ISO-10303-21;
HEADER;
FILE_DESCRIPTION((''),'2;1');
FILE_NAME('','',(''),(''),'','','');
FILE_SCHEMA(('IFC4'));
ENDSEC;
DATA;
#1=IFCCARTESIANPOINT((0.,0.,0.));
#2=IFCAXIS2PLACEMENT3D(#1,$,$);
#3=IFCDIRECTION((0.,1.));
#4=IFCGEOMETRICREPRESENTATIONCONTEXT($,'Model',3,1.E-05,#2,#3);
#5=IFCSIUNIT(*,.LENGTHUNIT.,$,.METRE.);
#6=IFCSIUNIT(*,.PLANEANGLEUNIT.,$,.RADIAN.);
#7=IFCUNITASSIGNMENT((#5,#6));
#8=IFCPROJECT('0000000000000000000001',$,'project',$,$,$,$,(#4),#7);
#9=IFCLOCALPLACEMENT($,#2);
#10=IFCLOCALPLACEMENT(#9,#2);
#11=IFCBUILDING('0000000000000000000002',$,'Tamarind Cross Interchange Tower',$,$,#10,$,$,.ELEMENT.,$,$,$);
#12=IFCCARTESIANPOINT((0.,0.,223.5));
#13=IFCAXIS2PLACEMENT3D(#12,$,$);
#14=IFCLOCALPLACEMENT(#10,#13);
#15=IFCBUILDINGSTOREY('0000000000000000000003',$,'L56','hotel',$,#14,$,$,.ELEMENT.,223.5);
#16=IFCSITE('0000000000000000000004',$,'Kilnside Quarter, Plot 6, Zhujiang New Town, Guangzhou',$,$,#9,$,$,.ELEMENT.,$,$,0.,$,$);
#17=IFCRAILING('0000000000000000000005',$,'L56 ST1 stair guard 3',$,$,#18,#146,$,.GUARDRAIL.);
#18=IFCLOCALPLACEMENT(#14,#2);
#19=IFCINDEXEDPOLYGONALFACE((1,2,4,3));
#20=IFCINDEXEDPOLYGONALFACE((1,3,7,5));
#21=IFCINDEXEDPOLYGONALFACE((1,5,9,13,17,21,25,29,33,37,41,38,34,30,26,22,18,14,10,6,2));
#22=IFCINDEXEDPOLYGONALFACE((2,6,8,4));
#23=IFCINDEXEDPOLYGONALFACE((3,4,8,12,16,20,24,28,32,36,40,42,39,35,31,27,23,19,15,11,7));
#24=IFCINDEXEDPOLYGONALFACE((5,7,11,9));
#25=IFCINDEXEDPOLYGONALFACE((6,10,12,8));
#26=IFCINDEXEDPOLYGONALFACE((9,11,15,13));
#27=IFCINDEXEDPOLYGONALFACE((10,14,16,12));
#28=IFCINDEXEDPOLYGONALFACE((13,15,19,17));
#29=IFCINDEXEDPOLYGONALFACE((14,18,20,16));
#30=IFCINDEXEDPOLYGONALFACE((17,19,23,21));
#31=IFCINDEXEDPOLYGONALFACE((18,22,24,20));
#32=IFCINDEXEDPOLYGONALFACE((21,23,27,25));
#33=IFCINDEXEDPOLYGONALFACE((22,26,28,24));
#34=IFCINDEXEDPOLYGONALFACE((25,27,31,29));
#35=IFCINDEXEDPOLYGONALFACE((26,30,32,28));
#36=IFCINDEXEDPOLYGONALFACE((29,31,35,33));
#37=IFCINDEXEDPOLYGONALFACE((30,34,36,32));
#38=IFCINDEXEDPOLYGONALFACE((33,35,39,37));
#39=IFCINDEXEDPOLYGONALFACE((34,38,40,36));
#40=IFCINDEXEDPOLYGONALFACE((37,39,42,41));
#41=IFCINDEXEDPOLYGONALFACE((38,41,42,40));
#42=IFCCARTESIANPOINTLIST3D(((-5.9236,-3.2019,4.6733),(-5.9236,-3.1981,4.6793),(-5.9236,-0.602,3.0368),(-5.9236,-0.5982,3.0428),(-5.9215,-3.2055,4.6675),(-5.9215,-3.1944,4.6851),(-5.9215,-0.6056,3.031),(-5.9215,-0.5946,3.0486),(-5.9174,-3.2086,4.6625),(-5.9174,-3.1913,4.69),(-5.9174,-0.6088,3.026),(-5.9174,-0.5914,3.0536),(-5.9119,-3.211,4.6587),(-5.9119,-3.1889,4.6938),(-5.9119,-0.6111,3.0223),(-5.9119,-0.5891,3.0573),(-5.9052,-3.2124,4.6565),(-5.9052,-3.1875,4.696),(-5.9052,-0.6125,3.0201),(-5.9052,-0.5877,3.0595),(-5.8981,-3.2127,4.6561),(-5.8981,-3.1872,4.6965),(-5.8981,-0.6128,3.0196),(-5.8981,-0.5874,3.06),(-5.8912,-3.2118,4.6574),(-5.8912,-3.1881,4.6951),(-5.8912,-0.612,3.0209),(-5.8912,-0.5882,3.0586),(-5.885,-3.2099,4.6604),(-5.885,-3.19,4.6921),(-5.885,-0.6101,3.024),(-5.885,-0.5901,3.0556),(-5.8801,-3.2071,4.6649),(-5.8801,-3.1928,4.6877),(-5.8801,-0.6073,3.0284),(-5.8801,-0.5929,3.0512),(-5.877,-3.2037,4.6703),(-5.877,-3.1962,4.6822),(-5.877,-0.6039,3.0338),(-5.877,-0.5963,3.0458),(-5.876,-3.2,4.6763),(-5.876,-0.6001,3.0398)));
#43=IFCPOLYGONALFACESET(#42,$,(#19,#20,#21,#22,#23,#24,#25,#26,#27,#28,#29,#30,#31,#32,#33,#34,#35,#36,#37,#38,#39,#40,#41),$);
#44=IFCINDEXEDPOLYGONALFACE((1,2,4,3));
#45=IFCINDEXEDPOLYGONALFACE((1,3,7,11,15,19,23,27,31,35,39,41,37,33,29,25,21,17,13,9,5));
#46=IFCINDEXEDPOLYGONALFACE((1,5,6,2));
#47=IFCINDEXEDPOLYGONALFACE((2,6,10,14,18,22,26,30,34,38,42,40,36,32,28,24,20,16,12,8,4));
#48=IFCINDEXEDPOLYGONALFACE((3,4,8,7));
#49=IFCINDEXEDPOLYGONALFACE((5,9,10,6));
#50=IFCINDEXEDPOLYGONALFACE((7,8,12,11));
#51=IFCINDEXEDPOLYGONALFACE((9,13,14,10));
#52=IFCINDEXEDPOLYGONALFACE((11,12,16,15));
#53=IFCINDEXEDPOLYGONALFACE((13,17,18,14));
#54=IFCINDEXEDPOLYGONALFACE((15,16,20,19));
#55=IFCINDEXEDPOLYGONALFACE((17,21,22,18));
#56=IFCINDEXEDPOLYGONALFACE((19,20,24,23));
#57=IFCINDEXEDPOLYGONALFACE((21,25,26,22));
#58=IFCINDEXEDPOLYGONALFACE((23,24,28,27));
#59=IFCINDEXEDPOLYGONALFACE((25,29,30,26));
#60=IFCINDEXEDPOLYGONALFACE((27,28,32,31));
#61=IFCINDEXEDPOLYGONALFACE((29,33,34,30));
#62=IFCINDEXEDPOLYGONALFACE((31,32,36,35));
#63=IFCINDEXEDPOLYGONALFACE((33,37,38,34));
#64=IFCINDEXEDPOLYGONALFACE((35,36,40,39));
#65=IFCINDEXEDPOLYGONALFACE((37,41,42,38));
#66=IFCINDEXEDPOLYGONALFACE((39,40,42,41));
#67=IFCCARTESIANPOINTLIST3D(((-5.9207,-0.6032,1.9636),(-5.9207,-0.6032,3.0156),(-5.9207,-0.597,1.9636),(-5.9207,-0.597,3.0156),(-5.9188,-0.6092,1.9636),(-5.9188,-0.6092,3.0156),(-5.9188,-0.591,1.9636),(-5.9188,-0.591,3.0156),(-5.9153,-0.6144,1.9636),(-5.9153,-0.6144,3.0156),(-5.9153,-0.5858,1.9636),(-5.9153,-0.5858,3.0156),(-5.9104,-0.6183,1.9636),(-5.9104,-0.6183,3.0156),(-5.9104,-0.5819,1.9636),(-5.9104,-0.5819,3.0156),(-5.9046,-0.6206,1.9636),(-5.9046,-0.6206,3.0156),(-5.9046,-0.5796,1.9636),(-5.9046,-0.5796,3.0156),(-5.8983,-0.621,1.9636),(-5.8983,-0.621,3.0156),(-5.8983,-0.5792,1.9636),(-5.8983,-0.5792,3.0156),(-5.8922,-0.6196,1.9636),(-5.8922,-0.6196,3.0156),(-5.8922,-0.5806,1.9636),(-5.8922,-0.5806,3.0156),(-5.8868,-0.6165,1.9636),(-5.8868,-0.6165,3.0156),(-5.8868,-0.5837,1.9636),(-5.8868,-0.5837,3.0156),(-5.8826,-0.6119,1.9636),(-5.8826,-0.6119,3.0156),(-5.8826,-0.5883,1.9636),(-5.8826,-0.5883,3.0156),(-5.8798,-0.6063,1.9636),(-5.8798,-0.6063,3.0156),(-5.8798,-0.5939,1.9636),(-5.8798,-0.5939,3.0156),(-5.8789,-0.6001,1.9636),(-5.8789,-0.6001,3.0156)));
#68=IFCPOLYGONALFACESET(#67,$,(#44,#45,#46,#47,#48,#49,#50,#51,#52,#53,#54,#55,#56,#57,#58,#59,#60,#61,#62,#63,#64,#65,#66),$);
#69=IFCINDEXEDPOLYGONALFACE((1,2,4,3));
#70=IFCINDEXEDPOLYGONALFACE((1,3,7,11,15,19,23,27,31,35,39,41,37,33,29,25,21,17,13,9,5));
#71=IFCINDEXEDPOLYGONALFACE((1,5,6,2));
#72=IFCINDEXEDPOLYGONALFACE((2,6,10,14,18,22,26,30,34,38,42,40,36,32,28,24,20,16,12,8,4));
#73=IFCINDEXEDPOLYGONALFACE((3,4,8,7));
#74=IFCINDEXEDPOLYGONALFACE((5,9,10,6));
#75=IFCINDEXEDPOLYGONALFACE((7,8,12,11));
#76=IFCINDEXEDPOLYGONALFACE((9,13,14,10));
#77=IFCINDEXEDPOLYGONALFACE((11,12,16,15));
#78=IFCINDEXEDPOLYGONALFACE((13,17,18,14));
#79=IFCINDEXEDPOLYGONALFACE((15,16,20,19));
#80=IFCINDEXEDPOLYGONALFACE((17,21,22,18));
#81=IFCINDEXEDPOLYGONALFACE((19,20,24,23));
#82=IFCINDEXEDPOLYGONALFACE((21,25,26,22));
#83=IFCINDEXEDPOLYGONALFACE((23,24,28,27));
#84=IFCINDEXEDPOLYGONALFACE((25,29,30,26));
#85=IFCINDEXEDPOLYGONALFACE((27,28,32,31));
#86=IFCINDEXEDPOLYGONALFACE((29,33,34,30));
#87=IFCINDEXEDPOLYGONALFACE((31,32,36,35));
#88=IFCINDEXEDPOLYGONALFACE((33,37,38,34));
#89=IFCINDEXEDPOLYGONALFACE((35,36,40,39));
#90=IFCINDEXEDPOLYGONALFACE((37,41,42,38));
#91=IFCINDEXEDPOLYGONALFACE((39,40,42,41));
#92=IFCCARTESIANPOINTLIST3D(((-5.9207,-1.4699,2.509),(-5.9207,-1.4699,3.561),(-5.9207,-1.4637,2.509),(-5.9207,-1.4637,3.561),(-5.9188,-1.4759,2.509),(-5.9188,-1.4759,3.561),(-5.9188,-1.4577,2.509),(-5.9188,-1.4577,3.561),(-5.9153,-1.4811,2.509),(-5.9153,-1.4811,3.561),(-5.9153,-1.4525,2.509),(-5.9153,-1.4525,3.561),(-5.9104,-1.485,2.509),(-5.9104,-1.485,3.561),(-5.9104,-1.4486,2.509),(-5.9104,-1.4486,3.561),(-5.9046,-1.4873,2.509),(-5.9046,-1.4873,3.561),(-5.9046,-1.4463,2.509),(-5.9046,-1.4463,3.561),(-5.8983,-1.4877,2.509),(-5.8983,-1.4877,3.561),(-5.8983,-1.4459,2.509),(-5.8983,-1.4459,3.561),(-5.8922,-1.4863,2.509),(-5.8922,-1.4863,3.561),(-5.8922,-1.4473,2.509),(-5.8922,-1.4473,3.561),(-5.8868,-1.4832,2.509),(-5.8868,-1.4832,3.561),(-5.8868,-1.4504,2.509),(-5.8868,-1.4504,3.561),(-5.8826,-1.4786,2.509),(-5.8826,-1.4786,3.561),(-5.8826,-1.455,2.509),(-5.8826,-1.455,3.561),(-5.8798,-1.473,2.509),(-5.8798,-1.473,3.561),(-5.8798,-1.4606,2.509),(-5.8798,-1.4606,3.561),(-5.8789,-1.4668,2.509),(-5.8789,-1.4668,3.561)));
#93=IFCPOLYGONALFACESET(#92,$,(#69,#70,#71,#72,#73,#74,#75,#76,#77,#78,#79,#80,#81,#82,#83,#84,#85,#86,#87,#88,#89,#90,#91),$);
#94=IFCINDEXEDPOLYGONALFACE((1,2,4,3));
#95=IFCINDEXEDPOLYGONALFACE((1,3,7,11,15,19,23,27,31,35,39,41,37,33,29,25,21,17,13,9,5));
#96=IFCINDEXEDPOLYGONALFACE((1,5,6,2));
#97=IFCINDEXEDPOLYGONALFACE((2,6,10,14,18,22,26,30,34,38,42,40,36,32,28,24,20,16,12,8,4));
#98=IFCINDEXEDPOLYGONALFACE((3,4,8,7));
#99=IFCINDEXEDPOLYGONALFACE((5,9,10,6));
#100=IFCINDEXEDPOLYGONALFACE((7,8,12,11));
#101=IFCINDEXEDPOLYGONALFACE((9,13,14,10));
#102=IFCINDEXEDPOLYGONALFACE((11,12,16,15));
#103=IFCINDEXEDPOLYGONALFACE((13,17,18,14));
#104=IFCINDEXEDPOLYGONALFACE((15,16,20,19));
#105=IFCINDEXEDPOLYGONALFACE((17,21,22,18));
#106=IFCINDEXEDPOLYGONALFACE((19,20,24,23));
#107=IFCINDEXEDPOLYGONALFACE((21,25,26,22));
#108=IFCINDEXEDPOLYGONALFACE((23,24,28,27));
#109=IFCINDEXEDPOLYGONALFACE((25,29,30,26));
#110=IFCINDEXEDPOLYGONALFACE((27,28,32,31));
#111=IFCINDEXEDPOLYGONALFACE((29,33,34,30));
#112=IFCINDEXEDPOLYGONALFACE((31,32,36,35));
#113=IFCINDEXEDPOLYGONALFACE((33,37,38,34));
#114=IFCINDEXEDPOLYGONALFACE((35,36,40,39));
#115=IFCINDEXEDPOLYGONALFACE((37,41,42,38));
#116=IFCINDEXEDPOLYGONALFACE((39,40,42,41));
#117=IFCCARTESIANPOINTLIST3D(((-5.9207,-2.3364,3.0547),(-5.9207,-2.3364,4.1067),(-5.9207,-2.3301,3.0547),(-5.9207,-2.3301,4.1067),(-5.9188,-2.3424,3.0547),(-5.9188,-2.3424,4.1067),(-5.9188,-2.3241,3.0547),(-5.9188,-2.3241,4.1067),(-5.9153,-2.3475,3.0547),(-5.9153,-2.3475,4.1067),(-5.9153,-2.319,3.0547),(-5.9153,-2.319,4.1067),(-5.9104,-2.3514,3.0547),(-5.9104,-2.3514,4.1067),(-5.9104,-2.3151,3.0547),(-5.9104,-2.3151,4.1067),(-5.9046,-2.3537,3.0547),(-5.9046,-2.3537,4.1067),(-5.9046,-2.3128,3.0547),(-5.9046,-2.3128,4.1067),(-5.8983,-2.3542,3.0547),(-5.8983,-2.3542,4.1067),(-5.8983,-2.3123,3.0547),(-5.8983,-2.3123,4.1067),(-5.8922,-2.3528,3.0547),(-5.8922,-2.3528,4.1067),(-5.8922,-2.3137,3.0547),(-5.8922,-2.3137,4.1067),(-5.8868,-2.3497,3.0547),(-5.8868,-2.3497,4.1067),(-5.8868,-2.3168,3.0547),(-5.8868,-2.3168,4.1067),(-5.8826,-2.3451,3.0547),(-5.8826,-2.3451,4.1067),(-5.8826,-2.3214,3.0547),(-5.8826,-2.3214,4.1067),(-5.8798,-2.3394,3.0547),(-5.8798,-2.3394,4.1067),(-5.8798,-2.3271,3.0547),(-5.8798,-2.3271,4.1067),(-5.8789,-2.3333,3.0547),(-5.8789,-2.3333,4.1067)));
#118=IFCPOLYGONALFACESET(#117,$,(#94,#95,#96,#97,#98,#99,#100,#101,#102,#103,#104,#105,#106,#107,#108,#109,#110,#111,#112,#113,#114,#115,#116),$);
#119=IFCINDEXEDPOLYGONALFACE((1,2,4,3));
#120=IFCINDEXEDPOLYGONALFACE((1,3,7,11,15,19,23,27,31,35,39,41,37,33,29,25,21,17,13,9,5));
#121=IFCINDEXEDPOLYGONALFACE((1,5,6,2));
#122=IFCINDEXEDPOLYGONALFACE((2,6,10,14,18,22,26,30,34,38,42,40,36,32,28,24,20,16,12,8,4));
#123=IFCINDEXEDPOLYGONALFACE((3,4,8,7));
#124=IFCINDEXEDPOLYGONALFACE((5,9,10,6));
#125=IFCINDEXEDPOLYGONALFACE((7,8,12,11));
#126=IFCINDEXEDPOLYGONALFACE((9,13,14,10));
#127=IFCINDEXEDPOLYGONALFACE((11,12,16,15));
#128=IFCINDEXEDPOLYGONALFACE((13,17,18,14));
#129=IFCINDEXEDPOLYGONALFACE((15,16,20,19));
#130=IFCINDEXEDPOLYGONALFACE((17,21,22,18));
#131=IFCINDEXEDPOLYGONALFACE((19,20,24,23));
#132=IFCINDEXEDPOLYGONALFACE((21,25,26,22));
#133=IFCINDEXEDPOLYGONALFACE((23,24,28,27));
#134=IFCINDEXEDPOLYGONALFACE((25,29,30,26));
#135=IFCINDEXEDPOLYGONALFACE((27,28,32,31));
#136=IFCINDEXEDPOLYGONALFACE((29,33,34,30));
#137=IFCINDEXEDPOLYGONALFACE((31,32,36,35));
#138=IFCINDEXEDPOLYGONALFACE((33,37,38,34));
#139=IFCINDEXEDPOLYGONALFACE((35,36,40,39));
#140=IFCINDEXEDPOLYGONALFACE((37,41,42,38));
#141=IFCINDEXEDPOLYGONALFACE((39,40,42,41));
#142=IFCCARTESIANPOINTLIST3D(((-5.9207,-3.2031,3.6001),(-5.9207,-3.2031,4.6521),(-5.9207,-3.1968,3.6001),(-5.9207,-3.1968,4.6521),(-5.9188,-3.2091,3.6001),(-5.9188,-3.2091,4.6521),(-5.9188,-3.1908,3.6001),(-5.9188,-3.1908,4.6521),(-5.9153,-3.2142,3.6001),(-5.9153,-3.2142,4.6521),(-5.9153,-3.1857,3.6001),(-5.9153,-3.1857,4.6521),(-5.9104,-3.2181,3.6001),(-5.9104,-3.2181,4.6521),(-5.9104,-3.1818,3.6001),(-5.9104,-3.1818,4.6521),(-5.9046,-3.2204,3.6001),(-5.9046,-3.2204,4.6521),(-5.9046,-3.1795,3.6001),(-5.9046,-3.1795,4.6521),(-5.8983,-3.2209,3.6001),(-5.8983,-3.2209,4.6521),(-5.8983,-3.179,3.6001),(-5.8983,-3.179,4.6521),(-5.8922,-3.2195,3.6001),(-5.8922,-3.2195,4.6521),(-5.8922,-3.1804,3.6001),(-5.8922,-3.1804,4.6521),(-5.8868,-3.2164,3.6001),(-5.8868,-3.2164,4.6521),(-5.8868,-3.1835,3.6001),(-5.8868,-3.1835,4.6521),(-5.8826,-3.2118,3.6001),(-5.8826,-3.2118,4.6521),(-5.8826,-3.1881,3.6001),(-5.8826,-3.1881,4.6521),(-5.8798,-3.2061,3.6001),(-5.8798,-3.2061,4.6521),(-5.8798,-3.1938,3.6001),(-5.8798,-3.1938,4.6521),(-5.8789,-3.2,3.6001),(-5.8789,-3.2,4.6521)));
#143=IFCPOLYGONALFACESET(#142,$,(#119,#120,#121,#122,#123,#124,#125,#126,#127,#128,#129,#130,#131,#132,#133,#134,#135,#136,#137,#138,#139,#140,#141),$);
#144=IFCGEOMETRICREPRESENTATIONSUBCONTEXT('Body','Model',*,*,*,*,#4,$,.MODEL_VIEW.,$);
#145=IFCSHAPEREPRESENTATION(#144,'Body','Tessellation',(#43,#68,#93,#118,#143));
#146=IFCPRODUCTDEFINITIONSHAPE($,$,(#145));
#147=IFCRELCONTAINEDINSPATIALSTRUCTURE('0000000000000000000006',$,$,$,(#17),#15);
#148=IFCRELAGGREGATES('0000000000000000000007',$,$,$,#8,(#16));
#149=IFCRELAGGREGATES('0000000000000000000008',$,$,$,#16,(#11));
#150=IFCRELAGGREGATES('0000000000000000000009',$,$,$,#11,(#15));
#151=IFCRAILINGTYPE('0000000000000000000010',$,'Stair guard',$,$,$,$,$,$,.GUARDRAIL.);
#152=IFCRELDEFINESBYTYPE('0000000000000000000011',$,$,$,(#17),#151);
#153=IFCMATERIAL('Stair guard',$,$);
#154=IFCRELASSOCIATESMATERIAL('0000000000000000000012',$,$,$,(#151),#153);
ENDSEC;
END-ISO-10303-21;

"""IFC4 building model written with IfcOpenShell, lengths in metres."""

from ifc_helpers import new_model, si_unit, direction, frame, origin, origin_2d, place, context, subcontext, project, spatial, circle, extrude, material, type_object, element, save


model = new_model("IFC4")

# Units and contexts
model_context = context("Model", 3, precision=1e-05, world=origin(), true_north=direction((0.0, 1.0)))
body_context = subcontext(model_context, "Body", "Model", "MODEL_VIEW")
ifc_project = project(units=[si_unit("LENGTHUNIT", "METRE"), si_unit("PLANEANGLEUNIT", "RADIAN")], contexts=[model_context])

# Site, building, storey
site_placement = place(None, origin())
site = spatial("IfcSite", under=ifc_project, at=site_placement, Name="Kilnside Quarter, Plot 6, Zhujiang New Town, Guangzhou", CompositionType="ELEMENT", RefElevation=0.0)
building_placement = place(site_placement, origin())
building = spatial("IfcBuilding", under=site, at=building_placement, Name="Tamarind Cross Interchange Tower", CompositionType="ELEMENT")
storey_placement = place(building_placement, frame((0.0, 0.0, 223.5)))
storey = spatial("IfcBuildingStorey", under=building, at=storey_placement, Name="L56", Description="hotel", CompositionType="ELEMENT", Elevation=223.5)

# Railing
ifc_material_1 = material(Name="Stair guard")
railing_type_1 = type_object("IfcRailingType", Name="Stair guard", PredefinedType="GUARDRAIL", material=ifc_material_1)
railing_1_placement = place(storey_placement, frame((-5.8999, -0.6001, 1.9636)))
element("IfcRailing", 1, at=railing_1_placement, inside=storey, type_object=railing_type_1, Name="L56 ST1 stair guard 3", PredefinedType="GUARDRAIL", context=body_context, shape_type="SweptSolid", body=[
    extrude(circle(Radius=0.0239, at=origin_2d()), frame((0.0, 0.0, 1.0762), z_axis=(0.0, -0.846302, 0.532704), x_axis=(1.0, 0.0, 0.0)), (0.0, 0.0, 1.0), 3.072),
    extrude(circle(Radius=0.021, at=origin_2d()), origin(), (0.0, 0.0, 1.0), 1.052),
    extrude(circle(Radius=0.021, at=origin_2d()), frame((0.0, -0.8667, 0.5454)), (0.0, 0.0, 1.0), 1.052),
    extrude(circle(Radius=0.021, at=origin_2d()), frame((0.0, -1.7332, 1.0911)), (0.0, 0.0, 1.0), 1.052),
    extrude(circle(Radius=0.021, at=origin_2d()), frame((0.0, -2.5999, 1.6365)), (0.0, 0.0, 1.0), 1.052),
])

save(model, "model.ifc")
